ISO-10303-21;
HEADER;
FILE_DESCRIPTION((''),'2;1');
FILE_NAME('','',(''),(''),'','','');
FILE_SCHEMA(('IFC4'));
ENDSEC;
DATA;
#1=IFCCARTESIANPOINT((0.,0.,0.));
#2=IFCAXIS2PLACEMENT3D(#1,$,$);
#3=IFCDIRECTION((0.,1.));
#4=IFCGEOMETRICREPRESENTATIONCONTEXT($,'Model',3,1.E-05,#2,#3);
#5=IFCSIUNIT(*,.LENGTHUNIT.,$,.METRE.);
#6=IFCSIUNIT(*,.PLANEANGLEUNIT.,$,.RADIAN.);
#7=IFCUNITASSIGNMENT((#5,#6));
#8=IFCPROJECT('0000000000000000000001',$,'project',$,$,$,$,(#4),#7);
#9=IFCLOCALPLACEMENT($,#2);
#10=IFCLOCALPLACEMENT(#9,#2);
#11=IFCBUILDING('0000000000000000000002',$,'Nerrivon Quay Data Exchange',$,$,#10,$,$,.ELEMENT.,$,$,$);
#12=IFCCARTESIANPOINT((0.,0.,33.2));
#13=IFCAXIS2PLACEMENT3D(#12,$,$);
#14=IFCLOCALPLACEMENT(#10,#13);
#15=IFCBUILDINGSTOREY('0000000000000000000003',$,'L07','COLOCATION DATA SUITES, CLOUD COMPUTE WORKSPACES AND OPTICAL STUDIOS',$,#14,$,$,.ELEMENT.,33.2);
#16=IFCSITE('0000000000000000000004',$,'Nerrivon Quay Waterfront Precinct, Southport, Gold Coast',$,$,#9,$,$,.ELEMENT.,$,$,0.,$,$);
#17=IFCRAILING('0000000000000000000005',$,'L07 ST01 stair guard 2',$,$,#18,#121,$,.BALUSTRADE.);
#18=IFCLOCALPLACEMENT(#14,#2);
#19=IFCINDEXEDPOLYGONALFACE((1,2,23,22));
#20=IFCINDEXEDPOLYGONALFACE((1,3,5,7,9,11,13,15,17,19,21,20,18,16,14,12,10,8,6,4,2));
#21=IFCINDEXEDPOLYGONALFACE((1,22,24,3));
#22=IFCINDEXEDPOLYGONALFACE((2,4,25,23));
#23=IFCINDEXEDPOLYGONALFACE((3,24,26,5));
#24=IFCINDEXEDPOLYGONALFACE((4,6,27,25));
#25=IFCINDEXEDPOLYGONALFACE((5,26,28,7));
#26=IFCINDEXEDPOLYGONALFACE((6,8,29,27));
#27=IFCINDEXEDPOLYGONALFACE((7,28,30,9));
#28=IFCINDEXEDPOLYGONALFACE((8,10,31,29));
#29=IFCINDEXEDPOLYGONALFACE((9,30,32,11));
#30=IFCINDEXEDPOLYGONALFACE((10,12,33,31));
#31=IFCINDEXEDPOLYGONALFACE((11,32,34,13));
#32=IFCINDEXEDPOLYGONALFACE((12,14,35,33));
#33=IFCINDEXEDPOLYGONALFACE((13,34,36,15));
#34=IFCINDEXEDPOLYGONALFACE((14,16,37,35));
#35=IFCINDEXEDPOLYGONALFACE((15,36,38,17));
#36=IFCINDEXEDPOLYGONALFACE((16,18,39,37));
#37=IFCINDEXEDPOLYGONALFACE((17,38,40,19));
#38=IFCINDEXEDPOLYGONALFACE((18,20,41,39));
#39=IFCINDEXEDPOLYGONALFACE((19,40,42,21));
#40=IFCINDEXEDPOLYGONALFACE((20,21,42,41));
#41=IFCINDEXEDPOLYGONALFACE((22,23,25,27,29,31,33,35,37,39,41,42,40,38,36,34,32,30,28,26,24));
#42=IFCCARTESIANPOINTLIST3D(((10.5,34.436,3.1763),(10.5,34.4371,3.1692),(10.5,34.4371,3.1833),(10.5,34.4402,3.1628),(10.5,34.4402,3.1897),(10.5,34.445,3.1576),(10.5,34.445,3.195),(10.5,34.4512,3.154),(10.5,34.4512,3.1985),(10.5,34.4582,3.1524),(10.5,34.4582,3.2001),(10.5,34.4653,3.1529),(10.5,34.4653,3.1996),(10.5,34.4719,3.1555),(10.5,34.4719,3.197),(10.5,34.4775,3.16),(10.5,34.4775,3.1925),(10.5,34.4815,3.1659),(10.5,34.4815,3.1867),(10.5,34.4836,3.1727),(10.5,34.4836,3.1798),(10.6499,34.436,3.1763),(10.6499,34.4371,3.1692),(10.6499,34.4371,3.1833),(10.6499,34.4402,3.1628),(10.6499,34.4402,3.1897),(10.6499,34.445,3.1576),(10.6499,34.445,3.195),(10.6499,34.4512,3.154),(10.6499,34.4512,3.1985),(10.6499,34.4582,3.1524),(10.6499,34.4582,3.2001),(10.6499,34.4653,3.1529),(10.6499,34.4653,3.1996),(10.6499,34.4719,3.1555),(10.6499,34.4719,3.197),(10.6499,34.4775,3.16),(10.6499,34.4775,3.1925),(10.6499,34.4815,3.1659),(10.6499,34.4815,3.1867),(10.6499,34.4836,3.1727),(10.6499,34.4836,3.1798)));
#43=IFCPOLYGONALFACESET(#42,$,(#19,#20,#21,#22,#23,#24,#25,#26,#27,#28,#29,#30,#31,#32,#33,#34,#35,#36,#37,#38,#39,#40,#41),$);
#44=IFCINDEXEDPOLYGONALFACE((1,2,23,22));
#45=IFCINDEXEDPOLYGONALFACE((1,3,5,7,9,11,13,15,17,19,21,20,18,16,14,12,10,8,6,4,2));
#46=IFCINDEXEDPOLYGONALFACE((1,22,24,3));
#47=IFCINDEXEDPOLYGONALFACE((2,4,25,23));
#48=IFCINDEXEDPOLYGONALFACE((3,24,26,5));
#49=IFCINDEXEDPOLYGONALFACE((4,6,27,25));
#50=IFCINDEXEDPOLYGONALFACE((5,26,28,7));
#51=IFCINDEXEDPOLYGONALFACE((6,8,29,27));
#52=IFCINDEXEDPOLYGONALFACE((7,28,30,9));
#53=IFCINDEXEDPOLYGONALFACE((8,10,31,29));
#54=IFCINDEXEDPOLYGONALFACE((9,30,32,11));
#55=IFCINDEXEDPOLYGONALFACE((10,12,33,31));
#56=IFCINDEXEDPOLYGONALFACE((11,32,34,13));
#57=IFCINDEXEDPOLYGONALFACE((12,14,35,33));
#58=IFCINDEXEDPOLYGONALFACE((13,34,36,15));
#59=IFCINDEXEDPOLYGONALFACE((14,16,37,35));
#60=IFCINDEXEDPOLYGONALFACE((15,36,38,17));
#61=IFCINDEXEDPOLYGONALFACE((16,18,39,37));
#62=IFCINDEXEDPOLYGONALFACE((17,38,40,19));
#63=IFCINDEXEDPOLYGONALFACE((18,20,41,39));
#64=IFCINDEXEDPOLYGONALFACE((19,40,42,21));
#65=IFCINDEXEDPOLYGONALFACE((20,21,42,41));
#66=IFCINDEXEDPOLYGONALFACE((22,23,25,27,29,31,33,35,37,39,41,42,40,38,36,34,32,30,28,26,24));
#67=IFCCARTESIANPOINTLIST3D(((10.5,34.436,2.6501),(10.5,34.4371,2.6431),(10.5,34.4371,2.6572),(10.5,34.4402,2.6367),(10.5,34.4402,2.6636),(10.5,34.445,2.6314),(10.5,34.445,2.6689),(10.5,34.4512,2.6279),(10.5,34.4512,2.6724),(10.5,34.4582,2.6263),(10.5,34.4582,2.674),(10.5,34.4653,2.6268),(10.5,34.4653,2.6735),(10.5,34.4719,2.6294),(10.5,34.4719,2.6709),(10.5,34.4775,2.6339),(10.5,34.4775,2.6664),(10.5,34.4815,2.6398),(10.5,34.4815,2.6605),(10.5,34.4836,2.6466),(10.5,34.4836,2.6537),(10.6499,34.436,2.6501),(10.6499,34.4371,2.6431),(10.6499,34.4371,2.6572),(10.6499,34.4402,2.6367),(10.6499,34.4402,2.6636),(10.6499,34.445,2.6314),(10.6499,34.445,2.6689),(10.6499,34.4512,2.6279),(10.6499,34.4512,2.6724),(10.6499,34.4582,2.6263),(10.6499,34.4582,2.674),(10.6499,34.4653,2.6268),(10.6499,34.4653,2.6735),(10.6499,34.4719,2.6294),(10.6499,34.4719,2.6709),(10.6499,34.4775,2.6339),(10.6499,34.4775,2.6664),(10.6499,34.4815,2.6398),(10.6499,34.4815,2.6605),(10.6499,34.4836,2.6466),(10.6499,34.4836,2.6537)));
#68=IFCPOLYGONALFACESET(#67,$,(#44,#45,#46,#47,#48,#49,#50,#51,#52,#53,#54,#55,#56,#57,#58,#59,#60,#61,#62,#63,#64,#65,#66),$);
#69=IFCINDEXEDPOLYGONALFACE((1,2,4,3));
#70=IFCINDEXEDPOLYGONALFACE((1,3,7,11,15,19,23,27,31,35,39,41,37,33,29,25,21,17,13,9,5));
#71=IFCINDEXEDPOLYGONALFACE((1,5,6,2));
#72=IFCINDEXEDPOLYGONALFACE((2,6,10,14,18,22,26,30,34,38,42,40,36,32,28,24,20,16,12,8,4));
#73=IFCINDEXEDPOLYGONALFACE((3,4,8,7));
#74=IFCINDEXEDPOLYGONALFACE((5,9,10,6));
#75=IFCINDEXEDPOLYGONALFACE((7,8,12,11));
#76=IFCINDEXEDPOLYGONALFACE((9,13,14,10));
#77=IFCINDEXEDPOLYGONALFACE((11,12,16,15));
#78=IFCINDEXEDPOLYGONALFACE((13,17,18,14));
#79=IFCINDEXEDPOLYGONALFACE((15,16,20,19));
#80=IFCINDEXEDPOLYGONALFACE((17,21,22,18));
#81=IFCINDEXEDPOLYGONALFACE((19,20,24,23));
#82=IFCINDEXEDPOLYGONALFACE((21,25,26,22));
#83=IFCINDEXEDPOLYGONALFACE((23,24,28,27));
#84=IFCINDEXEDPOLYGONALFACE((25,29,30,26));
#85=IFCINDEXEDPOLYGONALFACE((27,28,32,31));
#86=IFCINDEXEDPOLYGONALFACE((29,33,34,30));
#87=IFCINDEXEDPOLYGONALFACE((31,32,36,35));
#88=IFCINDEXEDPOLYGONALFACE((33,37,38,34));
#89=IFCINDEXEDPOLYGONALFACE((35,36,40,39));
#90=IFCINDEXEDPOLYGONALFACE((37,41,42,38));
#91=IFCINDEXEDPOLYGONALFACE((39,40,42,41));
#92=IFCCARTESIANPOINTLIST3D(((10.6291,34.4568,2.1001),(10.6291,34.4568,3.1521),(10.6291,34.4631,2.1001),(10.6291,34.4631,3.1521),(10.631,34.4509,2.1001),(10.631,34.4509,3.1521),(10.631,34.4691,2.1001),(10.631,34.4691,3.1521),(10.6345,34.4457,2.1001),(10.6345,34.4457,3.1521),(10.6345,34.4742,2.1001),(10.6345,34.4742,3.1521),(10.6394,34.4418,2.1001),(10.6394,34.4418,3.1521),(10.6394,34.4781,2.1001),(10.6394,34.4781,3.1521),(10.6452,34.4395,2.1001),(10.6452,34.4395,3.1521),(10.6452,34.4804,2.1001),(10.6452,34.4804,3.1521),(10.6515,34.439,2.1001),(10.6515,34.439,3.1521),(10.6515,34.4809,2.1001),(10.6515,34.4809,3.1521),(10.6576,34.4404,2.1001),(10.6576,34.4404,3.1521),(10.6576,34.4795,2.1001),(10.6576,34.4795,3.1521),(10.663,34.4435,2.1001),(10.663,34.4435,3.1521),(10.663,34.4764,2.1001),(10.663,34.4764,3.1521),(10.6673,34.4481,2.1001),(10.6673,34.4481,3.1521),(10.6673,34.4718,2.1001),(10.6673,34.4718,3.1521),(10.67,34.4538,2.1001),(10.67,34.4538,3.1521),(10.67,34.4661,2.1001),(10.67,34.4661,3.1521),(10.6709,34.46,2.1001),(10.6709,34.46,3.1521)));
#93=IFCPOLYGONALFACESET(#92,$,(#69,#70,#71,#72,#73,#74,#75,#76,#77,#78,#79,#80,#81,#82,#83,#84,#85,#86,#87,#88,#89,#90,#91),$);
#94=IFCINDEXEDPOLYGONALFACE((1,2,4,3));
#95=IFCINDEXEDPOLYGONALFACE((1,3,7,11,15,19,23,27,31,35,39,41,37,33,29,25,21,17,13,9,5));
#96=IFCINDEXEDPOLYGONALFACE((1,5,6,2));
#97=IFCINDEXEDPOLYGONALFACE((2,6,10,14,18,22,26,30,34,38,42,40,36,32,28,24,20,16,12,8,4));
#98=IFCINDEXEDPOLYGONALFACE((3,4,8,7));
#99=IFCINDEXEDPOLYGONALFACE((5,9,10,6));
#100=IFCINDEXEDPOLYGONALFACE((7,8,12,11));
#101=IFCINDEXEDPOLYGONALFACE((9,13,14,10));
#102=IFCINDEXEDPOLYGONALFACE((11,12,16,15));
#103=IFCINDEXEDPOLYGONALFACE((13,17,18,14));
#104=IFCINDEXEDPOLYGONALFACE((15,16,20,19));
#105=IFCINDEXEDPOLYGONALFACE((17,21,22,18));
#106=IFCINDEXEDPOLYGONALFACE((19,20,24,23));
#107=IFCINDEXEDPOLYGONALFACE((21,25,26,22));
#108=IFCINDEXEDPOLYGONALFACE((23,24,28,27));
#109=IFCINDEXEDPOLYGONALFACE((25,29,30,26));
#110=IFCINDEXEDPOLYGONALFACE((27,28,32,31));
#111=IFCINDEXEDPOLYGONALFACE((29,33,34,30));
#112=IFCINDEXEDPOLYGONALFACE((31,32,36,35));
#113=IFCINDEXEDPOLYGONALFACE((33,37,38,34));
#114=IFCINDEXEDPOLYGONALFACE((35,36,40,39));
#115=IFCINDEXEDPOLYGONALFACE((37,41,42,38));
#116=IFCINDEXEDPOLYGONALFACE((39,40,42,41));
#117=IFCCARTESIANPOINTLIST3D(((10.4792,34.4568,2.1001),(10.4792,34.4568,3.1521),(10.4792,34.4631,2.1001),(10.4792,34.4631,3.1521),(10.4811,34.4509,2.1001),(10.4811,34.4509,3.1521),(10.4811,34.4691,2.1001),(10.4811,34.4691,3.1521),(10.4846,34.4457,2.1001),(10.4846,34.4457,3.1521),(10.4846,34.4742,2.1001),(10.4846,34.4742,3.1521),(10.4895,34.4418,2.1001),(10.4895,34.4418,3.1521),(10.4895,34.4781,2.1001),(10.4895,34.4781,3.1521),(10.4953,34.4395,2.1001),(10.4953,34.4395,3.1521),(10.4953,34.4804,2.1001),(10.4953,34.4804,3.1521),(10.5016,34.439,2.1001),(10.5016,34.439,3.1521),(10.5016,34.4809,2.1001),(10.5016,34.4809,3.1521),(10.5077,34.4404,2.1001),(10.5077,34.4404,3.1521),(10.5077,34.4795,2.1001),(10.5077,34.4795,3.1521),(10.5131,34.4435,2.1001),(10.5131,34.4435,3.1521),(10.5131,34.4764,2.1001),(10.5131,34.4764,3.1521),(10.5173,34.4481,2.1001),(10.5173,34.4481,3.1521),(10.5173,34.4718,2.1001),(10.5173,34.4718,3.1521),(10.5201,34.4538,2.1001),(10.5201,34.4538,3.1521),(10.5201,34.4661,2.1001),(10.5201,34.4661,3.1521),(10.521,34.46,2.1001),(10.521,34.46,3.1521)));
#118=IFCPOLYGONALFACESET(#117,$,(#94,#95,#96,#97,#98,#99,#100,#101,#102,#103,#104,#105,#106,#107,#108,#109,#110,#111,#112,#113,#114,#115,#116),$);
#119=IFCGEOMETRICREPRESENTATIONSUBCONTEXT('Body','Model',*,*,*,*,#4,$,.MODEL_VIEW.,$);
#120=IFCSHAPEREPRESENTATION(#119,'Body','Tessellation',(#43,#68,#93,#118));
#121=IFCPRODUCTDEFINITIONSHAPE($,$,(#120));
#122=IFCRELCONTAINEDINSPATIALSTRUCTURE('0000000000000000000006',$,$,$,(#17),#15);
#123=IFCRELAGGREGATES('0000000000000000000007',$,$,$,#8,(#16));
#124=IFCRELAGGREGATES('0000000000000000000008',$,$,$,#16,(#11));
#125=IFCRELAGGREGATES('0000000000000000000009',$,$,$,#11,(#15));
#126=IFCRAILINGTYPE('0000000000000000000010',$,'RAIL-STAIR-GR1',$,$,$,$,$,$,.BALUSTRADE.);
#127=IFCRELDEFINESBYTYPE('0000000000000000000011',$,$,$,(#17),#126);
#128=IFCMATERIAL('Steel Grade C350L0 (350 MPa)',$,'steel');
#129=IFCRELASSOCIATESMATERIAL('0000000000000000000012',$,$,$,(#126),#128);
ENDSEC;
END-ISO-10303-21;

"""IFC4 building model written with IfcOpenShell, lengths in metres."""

from ifc_helpers import new_model, si_unit, direction, frame, origin, origin_2d, place, context, subcontext, project, spatial, circle, extrude, material, type_object, element, save


model = new_model("IFC4")

# Units and contexts
model_context = context("Model", 3, precision=1e-05, world=origin(), true_north=direction((0.0, 1.0)))
body_context = subcontext(model_context, "Body", "Model", "MODEL_VIEW")
ifc_project = project(units=[si_unit("LENGTHUNIT", "METRE"), si_unit("PLANEANGLEUNIT", "RADIAN")], contexts=[model_context])

# Site, building, storey
site_placement = place(None, origin())
site = spatial("IfcSite", under=ifc_project, at=site_placement, Name="Nerrivon Quay Waterfront Precinct, Southport, Gold Coast", CompositionType="ELEMENT", RefElevation=0.0)
building_placement = place(site_placement, origin())
building = spatial("IfcBuilding", under=site, at=building_placement, Name="Nerrivon Quay Data Exchange", CompositionType="ELEMENT")
storey_placement = place(building_placement, frame((0.0, 0.0, 33.2)))
storey = spatial("IfcBuildingStorey", under=building, at=storey_placement, Name="L07", Description="COLOCATION DATA SUITES, CLOUD COMPUTE WORKSPACES AND OPTICAL STUDIOS", CompositionType="ELEMENT", Elevation=33.2)

# Railing
ifc_material_1 = material(Name="Steel Grade C350L0 (350 MPa)", Category="steel")
railing_type = type_object("IfcRailingType", Name="RAIL-STAIR-GR1", PredefinedType="BALUSTRADE", material=ifc_material_1)
railing_1_placement = place(storey_placement, frame((10.6499, 34.46, 2.1001)))
element("IfcRailing", 1, at=railing_1_placement, inside=storey, type_object=railing_type, Name="L07 ST01 stair guard 2", PredefinedType="BALUSTRADE", context=body_context, shape_type="SweptSolid", body=[
    extrude(circle(Radius=0.0239, at=origin_2d()), frame((0.0, 0.0, 1.0762), z_axis=(-1.0, 0.0, 0.0), x_axis=(0.0, -1.0, 0.0)), (0.0, 0.0, 1.0), 0.1499),
    extrude(circle(Radius=0.0239, at=origin_2d()), frame((0.0, 0.0, 0.55), z_axis=(-1.0, 0.0, 0.0), x_axis=(0.0, -1.0, 0.0)), (0.0, 0.0, 1.0), 0.1499),
    extrude(circle(Radius=0.021, at=origin_2d()), origin(), (0.0, 0.0, 1.0), 1.052),
    extrude(circle(Radius=0.021, at=origin_2d()), frame((-0.1499, 0.0, 0.0)), (0.0, 0.0, 1.0), 1.052),
])

save(model, "model.ifc")
